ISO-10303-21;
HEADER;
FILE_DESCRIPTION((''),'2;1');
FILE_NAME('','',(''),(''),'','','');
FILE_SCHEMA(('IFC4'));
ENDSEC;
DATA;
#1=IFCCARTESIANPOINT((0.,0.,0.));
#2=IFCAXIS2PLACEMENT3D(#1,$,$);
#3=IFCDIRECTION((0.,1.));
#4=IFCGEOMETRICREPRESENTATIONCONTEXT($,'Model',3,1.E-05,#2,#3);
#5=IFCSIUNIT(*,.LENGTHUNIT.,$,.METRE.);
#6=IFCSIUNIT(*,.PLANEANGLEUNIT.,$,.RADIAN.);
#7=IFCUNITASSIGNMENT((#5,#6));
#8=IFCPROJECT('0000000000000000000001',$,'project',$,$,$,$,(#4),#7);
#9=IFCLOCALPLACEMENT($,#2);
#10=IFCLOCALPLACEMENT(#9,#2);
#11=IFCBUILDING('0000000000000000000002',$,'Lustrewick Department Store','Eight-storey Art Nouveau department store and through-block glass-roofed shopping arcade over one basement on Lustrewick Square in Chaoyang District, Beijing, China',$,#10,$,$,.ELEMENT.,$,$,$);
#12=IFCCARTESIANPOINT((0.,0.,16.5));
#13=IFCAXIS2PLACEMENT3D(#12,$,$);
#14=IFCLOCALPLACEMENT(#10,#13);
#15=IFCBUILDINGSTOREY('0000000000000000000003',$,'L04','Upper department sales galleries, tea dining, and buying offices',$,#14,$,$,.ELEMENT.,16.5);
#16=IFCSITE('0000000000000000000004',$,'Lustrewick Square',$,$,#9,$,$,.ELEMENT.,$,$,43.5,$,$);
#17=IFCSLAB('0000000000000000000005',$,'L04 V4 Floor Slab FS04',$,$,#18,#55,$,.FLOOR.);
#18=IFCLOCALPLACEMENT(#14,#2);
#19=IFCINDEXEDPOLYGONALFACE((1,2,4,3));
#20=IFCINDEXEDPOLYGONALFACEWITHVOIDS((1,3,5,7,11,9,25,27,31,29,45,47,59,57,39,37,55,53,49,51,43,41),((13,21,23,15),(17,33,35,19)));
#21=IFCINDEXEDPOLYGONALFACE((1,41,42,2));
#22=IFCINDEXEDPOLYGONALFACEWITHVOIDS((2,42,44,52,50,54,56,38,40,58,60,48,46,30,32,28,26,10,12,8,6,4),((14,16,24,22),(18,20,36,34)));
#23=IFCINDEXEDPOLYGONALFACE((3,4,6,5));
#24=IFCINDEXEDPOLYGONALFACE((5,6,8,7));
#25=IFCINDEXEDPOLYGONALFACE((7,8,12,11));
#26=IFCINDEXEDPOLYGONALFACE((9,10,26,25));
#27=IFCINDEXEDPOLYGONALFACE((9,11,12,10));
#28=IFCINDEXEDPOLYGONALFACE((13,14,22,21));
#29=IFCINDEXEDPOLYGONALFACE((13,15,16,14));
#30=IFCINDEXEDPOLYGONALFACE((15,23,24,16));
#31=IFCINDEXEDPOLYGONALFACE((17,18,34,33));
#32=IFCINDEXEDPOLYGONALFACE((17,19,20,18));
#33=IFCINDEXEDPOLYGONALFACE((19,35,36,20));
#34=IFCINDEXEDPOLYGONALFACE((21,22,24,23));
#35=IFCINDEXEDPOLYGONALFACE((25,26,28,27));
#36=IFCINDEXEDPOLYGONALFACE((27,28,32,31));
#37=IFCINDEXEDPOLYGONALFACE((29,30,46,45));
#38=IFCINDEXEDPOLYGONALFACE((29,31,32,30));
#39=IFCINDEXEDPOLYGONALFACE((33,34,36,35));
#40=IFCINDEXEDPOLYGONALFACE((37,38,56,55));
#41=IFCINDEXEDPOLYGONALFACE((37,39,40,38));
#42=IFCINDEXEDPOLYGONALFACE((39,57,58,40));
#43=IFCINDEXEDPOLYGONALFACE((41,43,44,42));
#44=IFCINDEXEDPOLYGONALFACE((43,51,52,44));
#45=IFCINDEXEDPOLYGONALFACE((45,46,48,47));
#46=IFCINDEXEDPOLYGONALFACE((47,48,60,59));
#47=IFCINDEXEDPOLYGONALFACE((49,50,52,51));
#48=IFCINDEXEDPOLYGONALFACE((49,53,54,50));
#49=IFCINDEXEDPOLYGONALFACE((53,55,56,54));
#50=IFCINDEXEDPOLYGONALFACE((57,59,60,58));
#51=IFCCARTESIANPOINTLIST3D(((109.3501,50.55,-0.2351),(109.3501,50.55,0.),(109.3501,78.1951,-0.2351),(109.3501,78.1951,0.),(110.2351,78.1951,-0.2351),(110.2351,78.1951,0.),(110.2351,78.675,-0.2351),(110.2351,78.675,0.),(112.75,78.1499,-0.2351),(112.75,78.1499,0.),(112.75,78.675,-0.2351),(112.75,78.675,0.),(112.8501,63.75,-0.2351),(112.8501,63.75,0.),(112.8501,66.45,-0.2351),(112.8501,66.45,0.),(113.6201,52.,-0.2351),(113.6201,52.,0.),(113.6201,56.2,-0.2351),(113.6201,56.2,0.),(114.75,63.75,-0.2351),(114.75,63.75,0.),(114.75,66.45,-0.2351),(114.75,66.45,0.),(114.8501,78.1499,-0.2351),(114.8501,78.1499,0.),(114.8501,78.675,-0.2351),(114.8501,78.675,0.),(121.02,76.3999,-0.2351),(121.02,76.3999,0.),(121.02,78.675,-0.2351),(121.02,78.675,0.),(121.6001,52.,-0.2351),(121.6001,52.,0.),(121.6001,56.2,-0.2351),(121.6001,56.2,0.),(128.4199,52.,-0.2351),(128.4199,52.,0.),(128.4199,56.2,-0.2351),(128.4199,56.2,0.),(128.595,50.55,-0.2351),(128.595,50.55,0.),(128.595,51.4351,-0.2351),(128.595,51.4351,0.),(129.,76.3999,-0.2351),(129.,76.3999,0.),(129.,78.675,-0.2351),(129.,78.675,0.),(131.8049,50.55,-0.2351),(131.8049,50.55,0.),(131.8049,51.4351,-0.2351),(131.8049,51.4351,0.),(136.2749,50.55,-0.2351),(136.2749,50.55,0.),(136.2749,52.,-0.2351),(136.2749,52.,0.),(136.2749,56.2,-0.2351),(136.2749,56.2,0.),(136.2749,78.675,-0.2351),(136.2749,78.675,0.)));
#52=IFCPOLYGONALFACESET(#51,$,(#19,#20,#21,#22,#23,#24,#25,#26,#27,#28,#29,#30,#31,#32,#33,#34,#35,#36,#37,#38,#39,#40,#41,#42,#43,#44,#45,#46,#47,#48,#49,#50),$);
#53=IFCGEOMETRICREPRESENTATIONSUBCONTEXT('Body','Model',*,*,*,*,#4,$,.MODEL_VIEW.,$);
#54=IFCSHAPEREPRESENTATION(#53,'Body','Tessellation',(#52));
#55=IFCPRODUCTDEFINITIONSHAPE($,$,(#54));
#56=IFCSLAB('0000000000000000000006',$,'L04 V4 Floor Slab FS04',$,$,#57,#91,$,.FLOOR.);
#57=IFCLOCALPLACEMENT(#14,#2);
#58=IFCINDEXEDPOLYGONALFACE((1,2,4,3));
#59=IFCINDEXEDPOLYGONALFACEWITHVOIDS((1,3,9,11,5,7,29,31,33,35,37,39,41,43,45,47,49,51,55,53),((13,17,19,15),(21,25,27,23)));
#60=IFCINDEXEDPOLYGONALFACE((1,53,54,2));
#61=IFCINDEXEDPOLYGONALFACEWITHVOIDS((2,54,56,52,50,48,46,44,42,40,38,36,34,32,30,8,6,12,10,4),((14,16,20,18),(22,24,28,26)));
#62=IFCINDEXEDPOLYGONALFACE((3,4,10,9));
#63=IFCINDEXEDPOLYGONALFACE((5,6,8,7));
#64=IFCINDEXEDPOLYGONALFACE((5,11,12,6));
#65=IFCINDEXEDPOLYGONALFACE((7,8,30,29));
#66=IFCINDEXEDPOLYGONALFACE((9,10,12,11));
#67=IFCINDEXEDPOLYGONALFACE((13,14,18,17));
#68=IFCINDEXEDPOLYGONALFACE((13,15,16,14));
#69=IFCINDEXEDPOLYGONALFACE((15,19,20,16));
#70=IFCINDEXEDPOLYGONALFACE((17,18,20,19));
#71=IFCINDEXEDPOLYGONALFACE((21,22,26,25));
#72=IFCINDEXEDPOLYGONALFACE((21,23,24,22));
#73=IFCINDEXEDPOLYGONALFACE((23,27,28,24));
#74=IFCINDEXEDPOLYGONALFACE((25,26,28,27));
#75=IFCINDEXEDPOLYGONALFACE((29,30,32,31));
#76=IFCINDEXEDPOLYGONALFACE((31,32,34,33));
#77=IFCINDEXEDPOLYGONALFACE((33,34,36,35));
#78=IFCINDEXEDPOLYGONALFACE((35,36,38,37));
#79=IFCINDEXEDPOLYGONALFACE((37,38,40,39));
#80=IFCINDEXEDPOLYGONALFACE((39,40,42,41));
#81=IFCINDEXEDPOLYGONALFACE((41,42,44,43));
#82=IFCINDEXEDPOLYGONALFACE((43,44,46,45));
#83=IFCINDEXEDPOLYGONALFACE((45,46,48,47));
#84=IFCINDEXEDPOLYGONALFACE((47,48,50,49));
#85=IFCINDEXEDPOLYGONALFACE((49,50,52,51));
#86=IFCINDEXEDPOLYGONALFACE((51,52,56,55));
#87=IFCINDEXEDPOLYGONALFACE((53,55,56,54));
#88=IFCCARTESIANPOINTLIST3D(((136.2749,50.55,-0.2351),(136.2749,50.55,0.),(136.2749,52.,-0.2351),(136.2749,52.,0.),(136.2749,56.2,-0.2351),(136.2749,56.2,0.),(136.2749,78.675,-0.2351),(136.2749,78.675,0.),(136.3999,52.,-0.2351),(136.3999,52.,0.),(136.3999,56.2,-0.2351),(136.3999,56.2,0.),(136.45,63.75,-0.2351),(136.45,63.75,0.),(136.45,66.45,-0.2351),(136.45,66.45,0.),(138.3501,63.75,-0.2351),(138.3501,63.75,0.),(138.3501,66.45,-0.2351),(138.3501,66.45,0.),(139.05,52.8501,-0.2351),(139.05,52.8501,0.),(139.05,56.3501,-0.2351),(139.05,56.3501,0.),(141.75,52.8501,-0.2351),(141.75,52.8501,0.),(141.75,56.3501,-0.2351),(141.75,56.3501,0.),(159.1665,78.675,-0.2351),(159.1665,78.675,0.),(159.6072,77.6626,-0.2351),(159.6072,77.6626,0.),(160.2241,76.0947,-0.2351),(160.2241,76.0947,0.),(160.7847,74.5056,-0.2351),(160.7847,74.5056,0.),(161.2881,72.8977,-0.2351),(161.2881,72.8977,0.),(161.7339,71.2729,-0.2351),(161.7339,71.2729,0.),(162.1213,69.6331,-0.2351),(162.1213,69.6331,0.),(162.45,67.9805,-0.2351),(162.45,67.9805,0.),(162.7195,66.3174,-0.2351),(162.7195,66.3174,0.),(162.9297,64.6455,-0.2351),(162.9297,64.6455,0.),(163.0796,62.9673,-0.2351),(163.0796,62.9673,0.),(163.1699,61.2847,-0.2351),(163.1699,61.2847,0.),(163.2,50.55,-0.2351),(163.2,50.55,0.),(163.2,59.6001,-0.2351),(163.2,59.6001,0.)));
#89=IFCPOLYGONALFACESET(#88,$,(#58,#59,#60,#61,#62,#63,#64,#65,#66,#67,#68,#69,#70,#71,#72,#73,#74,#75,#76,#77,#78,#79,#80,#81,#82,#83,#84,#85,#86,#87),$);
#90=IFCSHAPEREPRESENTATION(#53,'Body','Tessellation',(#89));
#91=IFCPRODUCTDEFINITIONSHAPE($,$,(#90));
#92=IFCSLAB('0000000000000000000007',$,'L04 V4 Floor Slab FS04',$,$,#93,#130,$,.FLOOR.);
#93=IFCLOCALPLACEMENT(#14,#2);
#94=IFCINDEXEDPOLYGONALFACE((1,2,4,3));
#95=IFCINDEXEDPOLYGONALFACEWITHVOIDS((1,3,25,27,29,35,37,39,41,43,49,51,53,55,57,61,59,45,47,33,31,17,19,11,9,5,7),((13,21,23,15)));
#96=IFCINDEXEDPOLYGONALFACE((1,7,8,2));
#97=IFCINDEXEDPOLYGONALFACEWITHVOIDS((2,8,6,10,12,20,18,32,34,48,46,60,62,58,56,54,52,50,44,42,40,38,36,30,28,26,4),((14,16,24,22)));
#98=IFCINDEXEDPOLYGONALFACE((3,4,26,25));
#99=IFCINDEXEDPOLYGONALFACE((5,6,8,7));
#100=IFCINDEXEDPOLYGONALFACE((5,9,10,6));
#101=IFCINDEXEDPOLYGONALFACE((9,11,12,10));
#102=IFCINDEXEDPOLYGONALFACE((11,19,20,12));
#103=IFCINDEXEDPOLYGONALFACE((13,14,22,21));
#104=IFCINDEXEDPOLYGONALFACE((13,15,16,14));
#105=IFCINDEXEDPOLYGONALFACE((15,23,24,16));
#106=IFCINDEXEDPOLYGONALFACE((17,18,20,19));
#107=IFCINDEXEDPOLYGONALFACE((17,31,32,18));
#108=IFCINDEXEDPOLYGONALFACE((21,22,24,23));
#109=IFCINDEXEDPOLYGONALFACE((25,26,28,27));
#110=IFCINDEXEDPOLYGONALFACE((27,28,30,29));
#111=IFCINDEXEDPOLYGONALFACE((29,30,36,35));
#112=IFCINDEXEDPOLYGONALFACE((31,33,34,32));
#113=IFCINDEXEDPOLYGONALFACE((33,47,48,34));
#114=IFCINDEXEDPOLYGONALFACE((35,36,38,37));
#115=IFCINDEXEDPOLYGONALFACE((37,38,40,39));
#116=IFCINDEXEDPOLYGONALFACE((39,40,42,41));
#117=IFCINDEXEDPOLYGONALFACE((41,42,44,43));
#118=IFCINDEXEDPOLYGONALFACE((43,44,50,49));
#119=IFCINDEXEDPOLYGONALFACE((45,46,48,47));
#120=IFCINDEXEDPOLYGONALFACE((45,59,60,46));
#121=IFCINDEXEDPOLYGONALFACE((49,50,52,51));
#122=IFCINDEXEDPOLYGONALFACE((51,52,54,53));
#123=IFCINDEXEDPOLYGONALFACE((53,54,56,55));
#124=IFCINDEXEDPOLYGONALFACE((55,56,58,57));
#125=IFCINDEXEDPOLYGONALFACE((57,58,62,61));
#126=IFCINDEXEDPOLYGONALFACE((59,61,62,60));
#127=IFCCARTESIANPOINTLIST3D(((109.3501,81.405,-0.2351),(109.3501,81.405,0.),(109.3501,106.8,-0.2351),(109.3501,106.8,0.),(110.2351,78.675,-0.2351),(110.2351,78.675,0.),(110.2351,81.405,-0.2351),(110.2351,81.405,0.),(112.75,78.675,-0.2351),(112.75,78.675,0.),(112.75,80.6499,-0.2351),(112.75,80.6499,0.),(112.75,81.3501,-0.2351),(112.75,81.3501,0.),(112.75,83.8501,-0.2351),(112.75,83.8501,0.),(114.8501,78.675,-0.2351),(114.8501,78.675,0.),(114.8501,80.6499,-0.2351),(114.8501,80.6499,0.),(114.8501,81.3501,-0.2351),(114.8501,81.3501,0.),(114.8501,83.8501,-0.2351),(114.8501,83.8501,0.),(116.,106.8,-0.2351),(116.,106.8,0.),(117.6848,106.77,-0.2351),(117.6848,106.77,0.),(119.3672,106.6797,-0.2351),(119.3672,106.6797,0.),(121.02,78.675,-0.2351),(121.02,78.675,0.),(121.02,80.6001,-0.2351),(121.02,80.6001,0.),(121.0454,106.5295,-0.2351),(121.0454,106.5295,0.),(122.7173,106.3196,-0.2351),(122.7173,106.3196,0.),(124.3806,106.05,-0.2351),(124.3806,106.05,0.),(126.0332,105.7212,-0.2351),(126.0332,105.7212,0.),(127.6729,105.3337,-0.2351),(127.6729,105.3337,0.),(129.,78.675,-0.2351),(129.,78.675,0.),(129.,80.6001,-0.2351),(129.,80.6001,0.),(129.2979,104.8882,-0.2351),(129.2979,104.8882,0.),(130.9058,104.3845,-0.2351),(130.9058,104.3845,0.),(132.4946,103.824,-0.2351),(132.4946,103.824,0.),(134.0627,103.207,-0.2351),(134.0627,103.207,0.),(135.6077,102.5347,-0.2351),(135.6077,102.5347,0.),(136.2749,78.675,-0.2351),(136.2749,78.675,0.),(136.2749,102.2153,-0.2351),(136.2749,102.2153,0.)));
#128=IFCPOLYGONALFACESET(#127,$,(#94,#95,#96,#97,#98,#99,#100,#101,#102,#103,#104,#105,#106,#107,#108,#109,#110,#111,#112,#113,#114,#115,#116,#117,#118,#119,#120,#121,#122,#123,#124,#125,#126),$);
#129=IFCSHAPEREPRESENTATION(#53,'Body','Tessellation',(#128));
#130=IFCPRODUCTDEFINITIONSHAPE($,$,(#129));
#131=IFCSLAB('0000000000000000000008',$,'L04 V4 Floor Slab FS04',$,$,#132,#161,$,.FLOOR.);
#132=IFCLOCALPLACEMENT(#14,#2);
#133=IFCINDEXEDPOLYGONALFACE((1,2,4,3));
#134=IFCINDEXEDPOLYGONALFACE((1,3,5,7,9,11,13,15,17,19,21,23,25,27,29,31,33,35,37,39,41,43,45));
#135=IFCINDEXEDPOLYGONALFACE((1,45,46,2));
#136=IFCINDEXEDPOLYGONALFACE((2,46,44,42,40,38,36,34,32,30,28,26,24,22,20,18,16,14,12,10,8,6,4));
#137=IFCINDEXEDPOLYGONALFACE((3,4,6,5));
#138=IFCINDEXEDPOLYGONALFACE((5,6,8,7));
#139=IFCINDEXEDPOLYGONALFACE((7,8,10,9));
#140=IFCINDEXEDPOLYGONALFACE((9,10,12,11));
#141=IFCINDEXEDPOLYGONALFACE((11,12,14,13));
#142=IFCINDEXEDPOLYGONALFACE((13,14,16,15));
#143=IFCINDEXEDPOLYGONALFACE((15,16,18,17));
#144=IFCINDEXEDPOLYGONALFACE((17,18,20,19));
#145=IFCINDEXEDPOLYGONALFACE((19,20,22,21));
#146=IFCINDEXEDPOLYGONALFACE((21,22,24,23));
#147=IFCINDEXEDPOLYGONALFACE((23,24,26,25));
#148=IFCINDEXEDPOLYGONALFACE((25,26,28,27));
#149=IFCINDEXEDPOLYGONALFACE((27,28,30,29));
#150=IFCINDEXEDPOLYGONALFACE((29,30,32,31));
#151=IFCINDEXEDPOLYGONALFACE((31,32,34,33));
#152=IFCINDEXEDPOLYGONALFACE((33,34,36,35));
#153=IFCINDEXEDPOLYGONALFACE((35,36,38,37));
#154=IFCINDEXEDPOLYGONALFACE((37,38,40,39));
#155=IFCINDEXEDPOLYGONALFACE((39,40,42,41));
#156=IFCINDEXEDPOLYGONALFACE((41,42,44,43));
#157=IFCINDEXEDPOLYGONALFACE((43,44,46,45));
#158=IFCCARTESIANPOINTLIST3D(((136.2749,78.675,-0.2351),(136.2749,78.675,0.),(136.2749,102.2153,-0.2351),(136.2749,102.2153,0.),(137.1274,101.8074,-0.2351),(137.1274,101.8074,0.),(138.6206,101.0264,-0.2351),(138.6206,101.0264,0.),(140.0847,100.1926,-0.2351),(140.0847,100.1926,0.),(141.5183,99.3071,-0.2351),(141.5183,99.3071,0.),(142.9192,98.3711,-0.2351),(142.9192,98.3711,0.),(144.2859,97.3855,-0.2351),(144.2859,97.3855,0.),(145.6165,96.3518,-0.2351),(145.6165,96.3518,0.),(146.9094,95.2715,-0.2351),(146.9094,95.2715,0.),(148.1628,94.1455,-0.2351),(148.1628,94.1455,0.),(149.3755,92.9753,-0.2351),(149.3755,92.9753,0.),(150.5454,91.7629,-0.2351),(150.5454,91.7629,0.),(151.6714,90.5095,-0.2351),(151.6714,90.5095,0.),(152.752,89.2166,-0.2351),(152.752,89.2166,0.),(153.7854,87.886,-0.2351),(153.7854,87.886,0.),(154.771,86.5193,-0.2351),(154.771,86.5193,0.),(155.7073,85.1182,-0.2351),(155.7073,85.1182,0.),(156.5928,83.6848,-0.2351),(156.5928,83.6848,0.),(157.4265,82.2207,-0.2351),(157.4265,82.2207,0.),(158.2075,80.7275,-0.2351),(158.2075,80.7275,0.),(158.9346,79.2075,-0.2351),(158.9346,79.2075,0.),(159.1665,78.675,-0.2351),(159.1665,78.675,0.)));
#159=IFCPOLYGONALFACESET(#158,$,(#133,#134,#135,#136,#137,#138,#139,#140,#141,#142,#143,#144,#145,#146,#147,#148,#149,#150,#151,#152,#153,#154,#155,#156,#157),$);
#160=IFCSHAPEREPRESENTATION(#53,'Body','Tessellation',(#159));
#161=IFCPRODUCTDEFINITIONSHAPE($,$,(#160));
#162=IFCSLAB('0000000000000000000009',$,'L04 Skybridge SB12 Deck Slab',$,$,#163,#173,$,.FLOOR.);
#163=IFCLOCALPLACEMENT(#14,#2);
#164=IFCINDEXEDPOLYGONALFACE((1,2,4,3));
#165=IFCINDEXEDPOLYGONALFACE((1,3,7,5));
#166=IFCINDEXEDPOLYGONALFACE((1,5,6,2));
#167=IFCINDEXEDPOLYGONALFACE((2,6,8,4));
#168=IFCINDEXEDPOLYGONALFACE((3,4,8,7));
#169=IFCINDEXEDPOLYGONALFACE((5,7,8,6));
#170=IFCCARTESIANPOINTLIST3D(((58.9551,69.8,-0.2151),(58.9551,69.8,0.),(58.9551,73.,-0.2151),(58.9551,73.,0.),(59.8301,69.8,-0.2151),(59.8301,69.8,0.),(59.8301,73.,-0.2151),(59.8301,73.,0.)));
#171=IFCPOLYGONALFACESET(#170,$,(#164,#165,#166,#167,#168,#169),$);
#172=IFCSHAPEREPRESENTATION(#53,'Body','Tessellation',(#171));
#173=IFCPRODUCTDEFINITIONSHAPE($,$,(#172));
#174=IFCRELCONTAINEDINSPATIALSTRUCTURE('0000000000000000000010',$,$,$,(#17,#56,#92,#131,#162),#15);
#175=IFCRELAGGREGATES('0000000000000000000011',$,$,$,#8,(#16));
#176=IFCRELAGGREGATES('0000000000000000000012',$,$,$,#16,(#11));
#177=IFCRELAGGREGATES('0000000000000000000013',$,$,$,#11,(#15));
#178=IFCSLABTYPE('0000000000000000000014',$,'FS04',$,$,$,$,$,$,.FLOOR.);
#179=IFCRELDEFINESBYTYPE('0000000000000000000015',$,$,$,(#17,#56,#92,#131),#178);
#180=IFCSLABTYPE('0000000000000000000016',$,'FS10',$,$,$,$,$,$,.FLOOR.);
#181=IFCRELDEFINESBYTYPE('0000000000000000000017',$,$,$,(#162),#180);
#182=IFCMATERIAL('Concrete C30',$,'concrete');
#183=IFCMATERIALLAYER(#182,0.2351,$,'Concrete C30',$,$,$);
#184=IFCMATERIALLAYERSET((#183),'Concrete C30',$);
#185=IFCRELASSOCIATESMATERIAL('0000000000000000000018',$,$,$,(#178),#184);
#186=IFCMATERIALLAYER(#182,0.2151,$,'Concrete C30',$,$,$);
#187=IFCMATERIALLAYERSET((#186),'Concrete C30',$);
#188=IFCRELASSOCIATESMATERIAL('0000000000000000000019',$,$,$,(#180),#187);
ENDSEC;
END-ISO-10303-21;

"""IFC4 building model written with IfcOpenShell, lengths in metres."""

from ifc_helpers import new_model, si_unit, direction, frame, origin, place, context, subcontext, project, spatial, polyline, outline, extrude, material, layer, layer_set, type_object, element, save


model = new_model("IFC4")

# Units and contexts
model_context = context("Model", 3, precision=1e-05, world=origin(), true_north=direction((0.0, 1.0)))
body_context = subcontext(model_context, "Body", "Model", "MODEL_VIEW")
ifc_project = project(units=[si_unit("LENGTHUNIT", "METRE"), si_unit("PLANEANGLEUNIT", "RADIAN")], contexts=[model_context])

# Site, building, storey
site_placement = place(None, origin())
site = spatial("IfcSite", under=ifc_project, at=site_placement, Name="Lustrewick Square", CompositionType="ELEMENT", RefElevation=43.5)
building_placement = place(site_placement, origin())
building = spatial("IfcBuilding", under=site, at=building_placement, Name="Lustrewick Department Store", Description="Eight-storey Art Nouveau department store and through-block glass-roofed shopping arcade over one basement on Lustrewick Square in Chaoyang District, Beijing, China", CompositionType="ELEMENT")
storey_placement = place(building_placement, frame((0.0, 0.0, 16.5)))
storey = spatial("IfcBuildingStorey", under=building, at=storey_placement, Name="L04", Description="Upper department sales galleries, tea dining, and buying offices", CompositionType="ELEMENT", Elevation=16.5)

# Slabs
ifc_material_1 = material(Name="Concrete C30", Category="concrete")
ifc_layer_1 = layer(ifc_material_1, 0.2351, Name="Concrete C30")
ifc_layer_set_1 = layer_set([ifc_layer_1], Name="Concrete C30")
slab_type_1 = type_object("IfcSlabType", Name="FS04", PredefinedType="FLOOR", material=ifc_layer_set_1)
slab_1_placement = place(storey_placement, frame((0.0, 0.0, -0.2351)))
element("IfcSlab", 1, at=slab_1_placement, inside=storey, type_object=slab_type_1, Name="L04 V4 Floor Slab FS04", PredefinedType="FLOOR", context=body_context, shape_type="SweptSolid", body=[
    extrude(outline(polyline([(109.3501, 50.55), (128.595, 50.55), (128.595, 51.4351), (131.8049, 51.4351), (131.8049, 50.55), (136.2749, 50.55), (136.2749, 52.0), (128.4199, 52.0), (128.4199, 56.2), (136.2749, 56.2), (136.2749, 78.675), (129.0, 78.675), (129.0, 76.3999), (121.02, 76.3999), (121.02, 78.675), (114.8501, 78.675), (114.8501, 78.1499), (112.75, 78.1499), (112.75, 78.675), (110.2351, 78.675), (110.2351, 78.1951), (109.3501, 78.1951), (109.3501, 50.55)]), holes=[polyline([(113.6201, 52.0), (113.6201, 56.2), (121.6001, 56.2), (121.6001, 52.0), (113.6201, 52.0)]), polyline([(112.8501, 63.75), (112.8501, 66.45), (114.75, 66.45), (114.75, 63.75), (112.8501, 63.75)])]), origin(), (0.0, 0.0, 1.0), 0.2351),
])
slab_2_placement = place(storey_placement, frame((0.0, 0.0, -0.2351)))
element("IfcSlab", 2, at=slab_2_placement, inside=storey, type_object=slab_type_1, Name="L04 V4 Floor Slab FS04", PredefinedType="FLOOR", context=body_context, shape_type="SweptSolid", body=[
    extrude(outline(polyline([(159.6072, 77.6626), (159.1665, 78.675), (136.2749, 78.675), (136.2749, 56.2), (136.3999, 56.2), (136.3999, 52.0), (136.2749, 52.0), (136.2749, 50.55), (163.2, 50.55), (163.2, 59.6001), (163.1699, 61.2847), (163.0796, 62.9673), (162.9297, 64.6455), (162.7195, 66.3174), (162.45, 67.9805), (162.1213, 69.6331), (161.7339, 71.2729), (161.2881, 72.8977), (160.7847, 74.5056), (160.2241, 76.0947), (159.6072, 77.6626)]), holes=[polyline([(139.05, 52.8501), (139.05, 56.3501), (141.75, 56.3501), (141.75, 52.8501), (139.05, 52.8501)]), polyline([(136.45, 63.75), (136.45, 66.45), (138.3501, 66.45), (138.3501, 63.75), (136.45, 63.75)])]), origin(), (0.0, 0.0, 1.0), 0.2351),
])
slab_3_placement = place(storey_placement, frame((0.0, 0.0, -0.2351)))
element("IfcSlab", 3, at=slab_3_placement, inside=storey, type_object=slab_type_1, Name="L04 V4 Floor Slab FS04", PredefinedType="FLOOR", context=body_context, shape_type="SweptSolid", body=[
    extrude(outline(polyline([(110.2351, 81.405), (110.2351, 78.675), (112.75, 78.675), (112.75, 80.6499), (114.8501, 80.6499), (114.8501, 78.675), (121.02, 78.675), (121.02, 80.6001), (129.0, 80.6001), (129.0, 78.675), (136.2749, 78.675), (136.2749, 102.2153), (135.6077, 102.5347), (134.0627, 103.207), (132.4946, 103.824), (130.9058, 104.3845), (129.2979, 104.8882), (127.6729, 105.3337), (126.0332, 105.7212), (124.3806, 106.05), (122.7173, 106.3196), (121.0454, 106.5295), (119.3672, 106.6797), (117.6848, 106.77), (116.0, 106.8), (109.3501, 106.8), (109.3501, 81.405), (110.2351, 81.405)]), holes=[polyline([(112.75, 81.3501), (112.75, 83.8501), (114.8501, 83.8501), (114.8501, 81.3501), (112.75, 81.3501)])]), origin(), (0.0, 0.0, 1.0), 0.2351),
])
slab_4_placement = place(storey_placement, frame((0.0, 0.0, -0.2351)))
element("IfcSlab", 4, at=slab_4_placement, inside=storey, type_object=slab_type_1, Name="L04 V4 Floor Slab FS04", PredefinedType="FLOOR", context=body_context, shape_type="SweptSolid", body=[
    extrude(outline(polyline([(137.1274, 101.8074), (136.2749, 102.2153), (136.2749, 78.675), (159.1665, 78.675), (158.9346, 79.2075), (158.2075, 80.7275), (157.4265, 82.2207), (156.5928, 83.6848), (155.7073, 85.1182), (154.771, 86.5193), (153.7854, 87.886), (152.752, 89.2166), (151.6714, 90.5095), (150.5454, 91.7629), (149.3755, 92.9753), (148.1628, 94.1455), (146.9094, 95.2715), (145.6165, 96.3518), (144.2859, 97.3855), (142.9192, 98.3711), (141.5183, 99.3071), (140.0847, 100.1926), (138.6206, 101.0264), (137.1274, 101.8074)])), origin(), (0.0, 0.0, 1.0), 0.2351),
])
ifc_layer_2 = layer(ifc_material_1, 0.2151, Name="Concrete C30")
ifc_layer_set_2 = layer_set([ifc_layer_2], Name="Concrete C30")
slab_type_2 = type_object("IfcSlabType", Name="FS10", PredefinedType="FLOOR", material=ifc_layer_set_2)
slab_5_placement = place(storey_placement, frame((0.0, 0.0, -0.2151)))
element("IfcSlab", 5, at=slab_5_placement, inside=storey, type_object=slab_type_2, Name="L04 Skybridge SB12 Deck Slab", PredefinedType="FLOOR", context=body_context, shape_type="SweptSolid", body=[
    extrude(outline(polyline([(59.8301, 69.8), (59.8301, 73.0), (58.9551, 73.0), (58.9551, 69.8), (59.8301, 69.8)])), origin(), (0.0, 0.0, 1.0), 0.2151),
])

save(model, "model.ifc")
